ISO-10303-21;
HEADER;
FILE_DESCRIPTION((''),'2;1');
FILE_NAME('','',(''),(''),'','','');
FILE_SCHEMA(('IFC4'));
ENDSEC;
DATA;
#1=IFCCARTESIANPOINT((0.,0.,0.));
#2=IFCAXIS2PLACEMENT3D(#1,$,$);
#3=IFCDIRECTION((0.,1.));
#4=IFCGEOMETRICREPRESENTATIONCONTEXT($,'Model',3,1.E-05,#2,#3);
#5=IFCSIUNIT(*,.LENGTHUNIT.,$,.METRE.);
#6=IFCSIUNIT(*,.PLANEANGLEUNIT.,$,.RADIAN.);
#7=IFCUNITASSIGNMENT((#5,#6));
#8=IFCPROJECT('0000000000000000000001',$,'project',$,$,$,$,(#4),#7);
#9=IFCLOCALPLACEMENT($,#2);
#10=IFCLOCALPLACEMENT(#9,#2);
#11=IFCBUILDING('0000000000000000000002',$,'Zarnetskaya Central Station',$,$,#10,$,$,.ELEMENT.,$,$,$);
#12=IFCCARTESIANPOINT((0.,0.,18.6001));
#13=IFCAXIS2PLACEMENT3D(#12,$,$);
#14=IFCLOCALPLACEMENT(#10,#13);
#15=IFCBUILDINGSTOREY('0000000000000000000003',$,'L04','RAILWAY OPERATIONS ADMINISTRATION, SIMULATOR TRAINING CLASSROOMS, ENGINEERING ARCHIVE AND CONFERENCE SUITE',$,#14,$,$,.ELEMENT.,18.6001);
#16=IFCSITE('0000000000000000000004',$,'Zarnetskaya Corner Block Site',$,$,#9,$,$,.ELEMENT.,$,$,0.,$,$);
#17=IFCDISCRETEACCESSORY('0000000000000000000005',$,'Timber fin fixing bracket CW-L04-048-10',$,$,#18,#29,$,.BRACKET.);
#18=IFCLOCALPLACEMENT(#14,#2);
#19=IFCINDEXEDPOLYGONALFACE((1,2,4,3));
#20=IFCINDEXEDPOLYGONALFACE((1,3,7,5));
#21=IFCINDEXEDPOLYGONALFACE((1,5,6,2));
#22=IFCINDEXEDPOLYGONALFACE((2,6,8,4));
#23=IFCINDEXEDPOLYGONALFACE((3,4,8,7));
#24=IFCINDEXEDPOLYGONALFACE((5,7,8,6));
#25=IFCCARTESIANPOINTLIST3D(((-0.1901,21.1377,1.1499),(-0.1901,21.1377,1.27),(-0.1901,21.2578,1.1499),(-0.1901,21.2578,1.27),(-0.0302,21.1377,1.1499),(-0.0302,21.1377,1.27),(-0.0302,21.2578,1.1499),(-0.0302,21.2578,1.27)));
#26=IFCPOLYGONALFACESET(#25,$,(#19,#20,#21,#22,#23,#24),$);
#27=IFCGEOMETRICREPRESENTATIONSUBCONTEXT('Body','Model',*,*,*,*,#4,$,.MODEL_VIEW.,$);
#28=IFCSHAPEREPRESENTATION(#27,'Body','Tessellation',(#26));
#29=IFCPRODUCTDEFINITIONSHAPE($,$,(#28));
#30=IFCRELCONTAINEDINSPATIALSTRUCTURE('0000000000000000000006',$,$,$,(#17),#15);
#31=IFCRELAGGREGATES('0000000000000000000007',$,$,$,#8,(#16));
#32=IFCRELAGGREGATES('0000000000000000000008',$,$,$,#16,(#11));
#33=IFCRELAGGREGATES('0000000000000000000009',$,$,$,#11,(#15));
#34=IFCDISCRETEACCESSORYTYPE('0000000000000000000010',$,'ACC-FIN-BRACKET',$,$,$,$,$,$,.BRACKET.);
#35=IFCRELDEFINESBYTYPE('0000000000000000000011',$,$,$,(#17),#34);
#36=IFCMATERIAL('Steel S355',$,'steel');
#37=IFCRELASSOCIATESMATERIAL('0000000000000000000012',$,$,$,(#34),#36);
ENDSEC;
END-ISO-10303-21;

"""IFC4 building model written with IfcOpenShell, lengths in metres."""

from ifc_helpers import new_model, si_unit, direction, frame, origin, origin_2d, place, context, subcontext, project, spatial, rectangle, extrude, material, type_object, element, save


model = new_model("IFC4")

# Units and contexts
model_context = context("Model", 3, precision=1e-05, world=origin(), true_north=direction((0.0, 1.0)))
body_context = subcontext(model_context, "Body", "Model", "MODEL_VIEW")
ifc_project = project(units=[si_unit("LENGTHUNIT", "METRE"), si_unit("PLANEANGLEUNIT", "RADIAN")], contexts=[model_context])

# Site, building, storey
site_placement = place(None, origin())
site = spatial("IfcSite", under=ifc_project, at=site_placement, Name="Zarnetskaya Corner Block Site", CompositionType="ELEMENT", RefElevation=0.0)
building_placement = place(site_placement, origin())
building = spatial("IfcBuilding", under=site, at=building_placement, Name="Zarnetskaya Central Station", CompositionType="ELEMENT")
storey_placement = place(building_placement, frame((0.0, 0.0, 18.6001)))
storey = spatial("IfcBuildingStorey", under=building, at=storey_placement, Name="L04", Description="RAILWAY OPERATIONS ADMINISTRATION, SIMULATOR TRAINING CLASSROOMS, ENGINEERING ARCHIVE AND CONFERENCE SUITE", CompositionType="ELEMENT", Elevation=18.6001)

# Shared definitions
ifc_material_1 = material(Name="Steel S355", Category="steel")

# Discrete accessory
discrete_accessory_type = type_object("IfcDiscreteAccessoryType", Name="ACC-FIN-BRACKET", PredefinedType="BRACKET", material=ifc_material_1)
discrete_accessory_placement = place(storey_placement, frame((-0.1101, 21.1978, 1.1499), z_axis=(0.0, 0.0, 1.0), x_axis=(0.0, 1.0, 0.0)))
element("IfcDiscreteAccessory", 1, at=discrete_accessory_placement, inside=storey, type_object=discrete_accessory_type, Name="Timber fin fixing bracket CW-L04-048-10", PredefinedType="BRACKET", context=body_context, shape_type="SweptSolid", body=[
    extrude(rectangle(XDim=0.1201, YDim=0.1599, at=origin_2d()), origin(), (0.0, 0.0, 1.0), 0.1201),
])

save(model, "model.ifc")
